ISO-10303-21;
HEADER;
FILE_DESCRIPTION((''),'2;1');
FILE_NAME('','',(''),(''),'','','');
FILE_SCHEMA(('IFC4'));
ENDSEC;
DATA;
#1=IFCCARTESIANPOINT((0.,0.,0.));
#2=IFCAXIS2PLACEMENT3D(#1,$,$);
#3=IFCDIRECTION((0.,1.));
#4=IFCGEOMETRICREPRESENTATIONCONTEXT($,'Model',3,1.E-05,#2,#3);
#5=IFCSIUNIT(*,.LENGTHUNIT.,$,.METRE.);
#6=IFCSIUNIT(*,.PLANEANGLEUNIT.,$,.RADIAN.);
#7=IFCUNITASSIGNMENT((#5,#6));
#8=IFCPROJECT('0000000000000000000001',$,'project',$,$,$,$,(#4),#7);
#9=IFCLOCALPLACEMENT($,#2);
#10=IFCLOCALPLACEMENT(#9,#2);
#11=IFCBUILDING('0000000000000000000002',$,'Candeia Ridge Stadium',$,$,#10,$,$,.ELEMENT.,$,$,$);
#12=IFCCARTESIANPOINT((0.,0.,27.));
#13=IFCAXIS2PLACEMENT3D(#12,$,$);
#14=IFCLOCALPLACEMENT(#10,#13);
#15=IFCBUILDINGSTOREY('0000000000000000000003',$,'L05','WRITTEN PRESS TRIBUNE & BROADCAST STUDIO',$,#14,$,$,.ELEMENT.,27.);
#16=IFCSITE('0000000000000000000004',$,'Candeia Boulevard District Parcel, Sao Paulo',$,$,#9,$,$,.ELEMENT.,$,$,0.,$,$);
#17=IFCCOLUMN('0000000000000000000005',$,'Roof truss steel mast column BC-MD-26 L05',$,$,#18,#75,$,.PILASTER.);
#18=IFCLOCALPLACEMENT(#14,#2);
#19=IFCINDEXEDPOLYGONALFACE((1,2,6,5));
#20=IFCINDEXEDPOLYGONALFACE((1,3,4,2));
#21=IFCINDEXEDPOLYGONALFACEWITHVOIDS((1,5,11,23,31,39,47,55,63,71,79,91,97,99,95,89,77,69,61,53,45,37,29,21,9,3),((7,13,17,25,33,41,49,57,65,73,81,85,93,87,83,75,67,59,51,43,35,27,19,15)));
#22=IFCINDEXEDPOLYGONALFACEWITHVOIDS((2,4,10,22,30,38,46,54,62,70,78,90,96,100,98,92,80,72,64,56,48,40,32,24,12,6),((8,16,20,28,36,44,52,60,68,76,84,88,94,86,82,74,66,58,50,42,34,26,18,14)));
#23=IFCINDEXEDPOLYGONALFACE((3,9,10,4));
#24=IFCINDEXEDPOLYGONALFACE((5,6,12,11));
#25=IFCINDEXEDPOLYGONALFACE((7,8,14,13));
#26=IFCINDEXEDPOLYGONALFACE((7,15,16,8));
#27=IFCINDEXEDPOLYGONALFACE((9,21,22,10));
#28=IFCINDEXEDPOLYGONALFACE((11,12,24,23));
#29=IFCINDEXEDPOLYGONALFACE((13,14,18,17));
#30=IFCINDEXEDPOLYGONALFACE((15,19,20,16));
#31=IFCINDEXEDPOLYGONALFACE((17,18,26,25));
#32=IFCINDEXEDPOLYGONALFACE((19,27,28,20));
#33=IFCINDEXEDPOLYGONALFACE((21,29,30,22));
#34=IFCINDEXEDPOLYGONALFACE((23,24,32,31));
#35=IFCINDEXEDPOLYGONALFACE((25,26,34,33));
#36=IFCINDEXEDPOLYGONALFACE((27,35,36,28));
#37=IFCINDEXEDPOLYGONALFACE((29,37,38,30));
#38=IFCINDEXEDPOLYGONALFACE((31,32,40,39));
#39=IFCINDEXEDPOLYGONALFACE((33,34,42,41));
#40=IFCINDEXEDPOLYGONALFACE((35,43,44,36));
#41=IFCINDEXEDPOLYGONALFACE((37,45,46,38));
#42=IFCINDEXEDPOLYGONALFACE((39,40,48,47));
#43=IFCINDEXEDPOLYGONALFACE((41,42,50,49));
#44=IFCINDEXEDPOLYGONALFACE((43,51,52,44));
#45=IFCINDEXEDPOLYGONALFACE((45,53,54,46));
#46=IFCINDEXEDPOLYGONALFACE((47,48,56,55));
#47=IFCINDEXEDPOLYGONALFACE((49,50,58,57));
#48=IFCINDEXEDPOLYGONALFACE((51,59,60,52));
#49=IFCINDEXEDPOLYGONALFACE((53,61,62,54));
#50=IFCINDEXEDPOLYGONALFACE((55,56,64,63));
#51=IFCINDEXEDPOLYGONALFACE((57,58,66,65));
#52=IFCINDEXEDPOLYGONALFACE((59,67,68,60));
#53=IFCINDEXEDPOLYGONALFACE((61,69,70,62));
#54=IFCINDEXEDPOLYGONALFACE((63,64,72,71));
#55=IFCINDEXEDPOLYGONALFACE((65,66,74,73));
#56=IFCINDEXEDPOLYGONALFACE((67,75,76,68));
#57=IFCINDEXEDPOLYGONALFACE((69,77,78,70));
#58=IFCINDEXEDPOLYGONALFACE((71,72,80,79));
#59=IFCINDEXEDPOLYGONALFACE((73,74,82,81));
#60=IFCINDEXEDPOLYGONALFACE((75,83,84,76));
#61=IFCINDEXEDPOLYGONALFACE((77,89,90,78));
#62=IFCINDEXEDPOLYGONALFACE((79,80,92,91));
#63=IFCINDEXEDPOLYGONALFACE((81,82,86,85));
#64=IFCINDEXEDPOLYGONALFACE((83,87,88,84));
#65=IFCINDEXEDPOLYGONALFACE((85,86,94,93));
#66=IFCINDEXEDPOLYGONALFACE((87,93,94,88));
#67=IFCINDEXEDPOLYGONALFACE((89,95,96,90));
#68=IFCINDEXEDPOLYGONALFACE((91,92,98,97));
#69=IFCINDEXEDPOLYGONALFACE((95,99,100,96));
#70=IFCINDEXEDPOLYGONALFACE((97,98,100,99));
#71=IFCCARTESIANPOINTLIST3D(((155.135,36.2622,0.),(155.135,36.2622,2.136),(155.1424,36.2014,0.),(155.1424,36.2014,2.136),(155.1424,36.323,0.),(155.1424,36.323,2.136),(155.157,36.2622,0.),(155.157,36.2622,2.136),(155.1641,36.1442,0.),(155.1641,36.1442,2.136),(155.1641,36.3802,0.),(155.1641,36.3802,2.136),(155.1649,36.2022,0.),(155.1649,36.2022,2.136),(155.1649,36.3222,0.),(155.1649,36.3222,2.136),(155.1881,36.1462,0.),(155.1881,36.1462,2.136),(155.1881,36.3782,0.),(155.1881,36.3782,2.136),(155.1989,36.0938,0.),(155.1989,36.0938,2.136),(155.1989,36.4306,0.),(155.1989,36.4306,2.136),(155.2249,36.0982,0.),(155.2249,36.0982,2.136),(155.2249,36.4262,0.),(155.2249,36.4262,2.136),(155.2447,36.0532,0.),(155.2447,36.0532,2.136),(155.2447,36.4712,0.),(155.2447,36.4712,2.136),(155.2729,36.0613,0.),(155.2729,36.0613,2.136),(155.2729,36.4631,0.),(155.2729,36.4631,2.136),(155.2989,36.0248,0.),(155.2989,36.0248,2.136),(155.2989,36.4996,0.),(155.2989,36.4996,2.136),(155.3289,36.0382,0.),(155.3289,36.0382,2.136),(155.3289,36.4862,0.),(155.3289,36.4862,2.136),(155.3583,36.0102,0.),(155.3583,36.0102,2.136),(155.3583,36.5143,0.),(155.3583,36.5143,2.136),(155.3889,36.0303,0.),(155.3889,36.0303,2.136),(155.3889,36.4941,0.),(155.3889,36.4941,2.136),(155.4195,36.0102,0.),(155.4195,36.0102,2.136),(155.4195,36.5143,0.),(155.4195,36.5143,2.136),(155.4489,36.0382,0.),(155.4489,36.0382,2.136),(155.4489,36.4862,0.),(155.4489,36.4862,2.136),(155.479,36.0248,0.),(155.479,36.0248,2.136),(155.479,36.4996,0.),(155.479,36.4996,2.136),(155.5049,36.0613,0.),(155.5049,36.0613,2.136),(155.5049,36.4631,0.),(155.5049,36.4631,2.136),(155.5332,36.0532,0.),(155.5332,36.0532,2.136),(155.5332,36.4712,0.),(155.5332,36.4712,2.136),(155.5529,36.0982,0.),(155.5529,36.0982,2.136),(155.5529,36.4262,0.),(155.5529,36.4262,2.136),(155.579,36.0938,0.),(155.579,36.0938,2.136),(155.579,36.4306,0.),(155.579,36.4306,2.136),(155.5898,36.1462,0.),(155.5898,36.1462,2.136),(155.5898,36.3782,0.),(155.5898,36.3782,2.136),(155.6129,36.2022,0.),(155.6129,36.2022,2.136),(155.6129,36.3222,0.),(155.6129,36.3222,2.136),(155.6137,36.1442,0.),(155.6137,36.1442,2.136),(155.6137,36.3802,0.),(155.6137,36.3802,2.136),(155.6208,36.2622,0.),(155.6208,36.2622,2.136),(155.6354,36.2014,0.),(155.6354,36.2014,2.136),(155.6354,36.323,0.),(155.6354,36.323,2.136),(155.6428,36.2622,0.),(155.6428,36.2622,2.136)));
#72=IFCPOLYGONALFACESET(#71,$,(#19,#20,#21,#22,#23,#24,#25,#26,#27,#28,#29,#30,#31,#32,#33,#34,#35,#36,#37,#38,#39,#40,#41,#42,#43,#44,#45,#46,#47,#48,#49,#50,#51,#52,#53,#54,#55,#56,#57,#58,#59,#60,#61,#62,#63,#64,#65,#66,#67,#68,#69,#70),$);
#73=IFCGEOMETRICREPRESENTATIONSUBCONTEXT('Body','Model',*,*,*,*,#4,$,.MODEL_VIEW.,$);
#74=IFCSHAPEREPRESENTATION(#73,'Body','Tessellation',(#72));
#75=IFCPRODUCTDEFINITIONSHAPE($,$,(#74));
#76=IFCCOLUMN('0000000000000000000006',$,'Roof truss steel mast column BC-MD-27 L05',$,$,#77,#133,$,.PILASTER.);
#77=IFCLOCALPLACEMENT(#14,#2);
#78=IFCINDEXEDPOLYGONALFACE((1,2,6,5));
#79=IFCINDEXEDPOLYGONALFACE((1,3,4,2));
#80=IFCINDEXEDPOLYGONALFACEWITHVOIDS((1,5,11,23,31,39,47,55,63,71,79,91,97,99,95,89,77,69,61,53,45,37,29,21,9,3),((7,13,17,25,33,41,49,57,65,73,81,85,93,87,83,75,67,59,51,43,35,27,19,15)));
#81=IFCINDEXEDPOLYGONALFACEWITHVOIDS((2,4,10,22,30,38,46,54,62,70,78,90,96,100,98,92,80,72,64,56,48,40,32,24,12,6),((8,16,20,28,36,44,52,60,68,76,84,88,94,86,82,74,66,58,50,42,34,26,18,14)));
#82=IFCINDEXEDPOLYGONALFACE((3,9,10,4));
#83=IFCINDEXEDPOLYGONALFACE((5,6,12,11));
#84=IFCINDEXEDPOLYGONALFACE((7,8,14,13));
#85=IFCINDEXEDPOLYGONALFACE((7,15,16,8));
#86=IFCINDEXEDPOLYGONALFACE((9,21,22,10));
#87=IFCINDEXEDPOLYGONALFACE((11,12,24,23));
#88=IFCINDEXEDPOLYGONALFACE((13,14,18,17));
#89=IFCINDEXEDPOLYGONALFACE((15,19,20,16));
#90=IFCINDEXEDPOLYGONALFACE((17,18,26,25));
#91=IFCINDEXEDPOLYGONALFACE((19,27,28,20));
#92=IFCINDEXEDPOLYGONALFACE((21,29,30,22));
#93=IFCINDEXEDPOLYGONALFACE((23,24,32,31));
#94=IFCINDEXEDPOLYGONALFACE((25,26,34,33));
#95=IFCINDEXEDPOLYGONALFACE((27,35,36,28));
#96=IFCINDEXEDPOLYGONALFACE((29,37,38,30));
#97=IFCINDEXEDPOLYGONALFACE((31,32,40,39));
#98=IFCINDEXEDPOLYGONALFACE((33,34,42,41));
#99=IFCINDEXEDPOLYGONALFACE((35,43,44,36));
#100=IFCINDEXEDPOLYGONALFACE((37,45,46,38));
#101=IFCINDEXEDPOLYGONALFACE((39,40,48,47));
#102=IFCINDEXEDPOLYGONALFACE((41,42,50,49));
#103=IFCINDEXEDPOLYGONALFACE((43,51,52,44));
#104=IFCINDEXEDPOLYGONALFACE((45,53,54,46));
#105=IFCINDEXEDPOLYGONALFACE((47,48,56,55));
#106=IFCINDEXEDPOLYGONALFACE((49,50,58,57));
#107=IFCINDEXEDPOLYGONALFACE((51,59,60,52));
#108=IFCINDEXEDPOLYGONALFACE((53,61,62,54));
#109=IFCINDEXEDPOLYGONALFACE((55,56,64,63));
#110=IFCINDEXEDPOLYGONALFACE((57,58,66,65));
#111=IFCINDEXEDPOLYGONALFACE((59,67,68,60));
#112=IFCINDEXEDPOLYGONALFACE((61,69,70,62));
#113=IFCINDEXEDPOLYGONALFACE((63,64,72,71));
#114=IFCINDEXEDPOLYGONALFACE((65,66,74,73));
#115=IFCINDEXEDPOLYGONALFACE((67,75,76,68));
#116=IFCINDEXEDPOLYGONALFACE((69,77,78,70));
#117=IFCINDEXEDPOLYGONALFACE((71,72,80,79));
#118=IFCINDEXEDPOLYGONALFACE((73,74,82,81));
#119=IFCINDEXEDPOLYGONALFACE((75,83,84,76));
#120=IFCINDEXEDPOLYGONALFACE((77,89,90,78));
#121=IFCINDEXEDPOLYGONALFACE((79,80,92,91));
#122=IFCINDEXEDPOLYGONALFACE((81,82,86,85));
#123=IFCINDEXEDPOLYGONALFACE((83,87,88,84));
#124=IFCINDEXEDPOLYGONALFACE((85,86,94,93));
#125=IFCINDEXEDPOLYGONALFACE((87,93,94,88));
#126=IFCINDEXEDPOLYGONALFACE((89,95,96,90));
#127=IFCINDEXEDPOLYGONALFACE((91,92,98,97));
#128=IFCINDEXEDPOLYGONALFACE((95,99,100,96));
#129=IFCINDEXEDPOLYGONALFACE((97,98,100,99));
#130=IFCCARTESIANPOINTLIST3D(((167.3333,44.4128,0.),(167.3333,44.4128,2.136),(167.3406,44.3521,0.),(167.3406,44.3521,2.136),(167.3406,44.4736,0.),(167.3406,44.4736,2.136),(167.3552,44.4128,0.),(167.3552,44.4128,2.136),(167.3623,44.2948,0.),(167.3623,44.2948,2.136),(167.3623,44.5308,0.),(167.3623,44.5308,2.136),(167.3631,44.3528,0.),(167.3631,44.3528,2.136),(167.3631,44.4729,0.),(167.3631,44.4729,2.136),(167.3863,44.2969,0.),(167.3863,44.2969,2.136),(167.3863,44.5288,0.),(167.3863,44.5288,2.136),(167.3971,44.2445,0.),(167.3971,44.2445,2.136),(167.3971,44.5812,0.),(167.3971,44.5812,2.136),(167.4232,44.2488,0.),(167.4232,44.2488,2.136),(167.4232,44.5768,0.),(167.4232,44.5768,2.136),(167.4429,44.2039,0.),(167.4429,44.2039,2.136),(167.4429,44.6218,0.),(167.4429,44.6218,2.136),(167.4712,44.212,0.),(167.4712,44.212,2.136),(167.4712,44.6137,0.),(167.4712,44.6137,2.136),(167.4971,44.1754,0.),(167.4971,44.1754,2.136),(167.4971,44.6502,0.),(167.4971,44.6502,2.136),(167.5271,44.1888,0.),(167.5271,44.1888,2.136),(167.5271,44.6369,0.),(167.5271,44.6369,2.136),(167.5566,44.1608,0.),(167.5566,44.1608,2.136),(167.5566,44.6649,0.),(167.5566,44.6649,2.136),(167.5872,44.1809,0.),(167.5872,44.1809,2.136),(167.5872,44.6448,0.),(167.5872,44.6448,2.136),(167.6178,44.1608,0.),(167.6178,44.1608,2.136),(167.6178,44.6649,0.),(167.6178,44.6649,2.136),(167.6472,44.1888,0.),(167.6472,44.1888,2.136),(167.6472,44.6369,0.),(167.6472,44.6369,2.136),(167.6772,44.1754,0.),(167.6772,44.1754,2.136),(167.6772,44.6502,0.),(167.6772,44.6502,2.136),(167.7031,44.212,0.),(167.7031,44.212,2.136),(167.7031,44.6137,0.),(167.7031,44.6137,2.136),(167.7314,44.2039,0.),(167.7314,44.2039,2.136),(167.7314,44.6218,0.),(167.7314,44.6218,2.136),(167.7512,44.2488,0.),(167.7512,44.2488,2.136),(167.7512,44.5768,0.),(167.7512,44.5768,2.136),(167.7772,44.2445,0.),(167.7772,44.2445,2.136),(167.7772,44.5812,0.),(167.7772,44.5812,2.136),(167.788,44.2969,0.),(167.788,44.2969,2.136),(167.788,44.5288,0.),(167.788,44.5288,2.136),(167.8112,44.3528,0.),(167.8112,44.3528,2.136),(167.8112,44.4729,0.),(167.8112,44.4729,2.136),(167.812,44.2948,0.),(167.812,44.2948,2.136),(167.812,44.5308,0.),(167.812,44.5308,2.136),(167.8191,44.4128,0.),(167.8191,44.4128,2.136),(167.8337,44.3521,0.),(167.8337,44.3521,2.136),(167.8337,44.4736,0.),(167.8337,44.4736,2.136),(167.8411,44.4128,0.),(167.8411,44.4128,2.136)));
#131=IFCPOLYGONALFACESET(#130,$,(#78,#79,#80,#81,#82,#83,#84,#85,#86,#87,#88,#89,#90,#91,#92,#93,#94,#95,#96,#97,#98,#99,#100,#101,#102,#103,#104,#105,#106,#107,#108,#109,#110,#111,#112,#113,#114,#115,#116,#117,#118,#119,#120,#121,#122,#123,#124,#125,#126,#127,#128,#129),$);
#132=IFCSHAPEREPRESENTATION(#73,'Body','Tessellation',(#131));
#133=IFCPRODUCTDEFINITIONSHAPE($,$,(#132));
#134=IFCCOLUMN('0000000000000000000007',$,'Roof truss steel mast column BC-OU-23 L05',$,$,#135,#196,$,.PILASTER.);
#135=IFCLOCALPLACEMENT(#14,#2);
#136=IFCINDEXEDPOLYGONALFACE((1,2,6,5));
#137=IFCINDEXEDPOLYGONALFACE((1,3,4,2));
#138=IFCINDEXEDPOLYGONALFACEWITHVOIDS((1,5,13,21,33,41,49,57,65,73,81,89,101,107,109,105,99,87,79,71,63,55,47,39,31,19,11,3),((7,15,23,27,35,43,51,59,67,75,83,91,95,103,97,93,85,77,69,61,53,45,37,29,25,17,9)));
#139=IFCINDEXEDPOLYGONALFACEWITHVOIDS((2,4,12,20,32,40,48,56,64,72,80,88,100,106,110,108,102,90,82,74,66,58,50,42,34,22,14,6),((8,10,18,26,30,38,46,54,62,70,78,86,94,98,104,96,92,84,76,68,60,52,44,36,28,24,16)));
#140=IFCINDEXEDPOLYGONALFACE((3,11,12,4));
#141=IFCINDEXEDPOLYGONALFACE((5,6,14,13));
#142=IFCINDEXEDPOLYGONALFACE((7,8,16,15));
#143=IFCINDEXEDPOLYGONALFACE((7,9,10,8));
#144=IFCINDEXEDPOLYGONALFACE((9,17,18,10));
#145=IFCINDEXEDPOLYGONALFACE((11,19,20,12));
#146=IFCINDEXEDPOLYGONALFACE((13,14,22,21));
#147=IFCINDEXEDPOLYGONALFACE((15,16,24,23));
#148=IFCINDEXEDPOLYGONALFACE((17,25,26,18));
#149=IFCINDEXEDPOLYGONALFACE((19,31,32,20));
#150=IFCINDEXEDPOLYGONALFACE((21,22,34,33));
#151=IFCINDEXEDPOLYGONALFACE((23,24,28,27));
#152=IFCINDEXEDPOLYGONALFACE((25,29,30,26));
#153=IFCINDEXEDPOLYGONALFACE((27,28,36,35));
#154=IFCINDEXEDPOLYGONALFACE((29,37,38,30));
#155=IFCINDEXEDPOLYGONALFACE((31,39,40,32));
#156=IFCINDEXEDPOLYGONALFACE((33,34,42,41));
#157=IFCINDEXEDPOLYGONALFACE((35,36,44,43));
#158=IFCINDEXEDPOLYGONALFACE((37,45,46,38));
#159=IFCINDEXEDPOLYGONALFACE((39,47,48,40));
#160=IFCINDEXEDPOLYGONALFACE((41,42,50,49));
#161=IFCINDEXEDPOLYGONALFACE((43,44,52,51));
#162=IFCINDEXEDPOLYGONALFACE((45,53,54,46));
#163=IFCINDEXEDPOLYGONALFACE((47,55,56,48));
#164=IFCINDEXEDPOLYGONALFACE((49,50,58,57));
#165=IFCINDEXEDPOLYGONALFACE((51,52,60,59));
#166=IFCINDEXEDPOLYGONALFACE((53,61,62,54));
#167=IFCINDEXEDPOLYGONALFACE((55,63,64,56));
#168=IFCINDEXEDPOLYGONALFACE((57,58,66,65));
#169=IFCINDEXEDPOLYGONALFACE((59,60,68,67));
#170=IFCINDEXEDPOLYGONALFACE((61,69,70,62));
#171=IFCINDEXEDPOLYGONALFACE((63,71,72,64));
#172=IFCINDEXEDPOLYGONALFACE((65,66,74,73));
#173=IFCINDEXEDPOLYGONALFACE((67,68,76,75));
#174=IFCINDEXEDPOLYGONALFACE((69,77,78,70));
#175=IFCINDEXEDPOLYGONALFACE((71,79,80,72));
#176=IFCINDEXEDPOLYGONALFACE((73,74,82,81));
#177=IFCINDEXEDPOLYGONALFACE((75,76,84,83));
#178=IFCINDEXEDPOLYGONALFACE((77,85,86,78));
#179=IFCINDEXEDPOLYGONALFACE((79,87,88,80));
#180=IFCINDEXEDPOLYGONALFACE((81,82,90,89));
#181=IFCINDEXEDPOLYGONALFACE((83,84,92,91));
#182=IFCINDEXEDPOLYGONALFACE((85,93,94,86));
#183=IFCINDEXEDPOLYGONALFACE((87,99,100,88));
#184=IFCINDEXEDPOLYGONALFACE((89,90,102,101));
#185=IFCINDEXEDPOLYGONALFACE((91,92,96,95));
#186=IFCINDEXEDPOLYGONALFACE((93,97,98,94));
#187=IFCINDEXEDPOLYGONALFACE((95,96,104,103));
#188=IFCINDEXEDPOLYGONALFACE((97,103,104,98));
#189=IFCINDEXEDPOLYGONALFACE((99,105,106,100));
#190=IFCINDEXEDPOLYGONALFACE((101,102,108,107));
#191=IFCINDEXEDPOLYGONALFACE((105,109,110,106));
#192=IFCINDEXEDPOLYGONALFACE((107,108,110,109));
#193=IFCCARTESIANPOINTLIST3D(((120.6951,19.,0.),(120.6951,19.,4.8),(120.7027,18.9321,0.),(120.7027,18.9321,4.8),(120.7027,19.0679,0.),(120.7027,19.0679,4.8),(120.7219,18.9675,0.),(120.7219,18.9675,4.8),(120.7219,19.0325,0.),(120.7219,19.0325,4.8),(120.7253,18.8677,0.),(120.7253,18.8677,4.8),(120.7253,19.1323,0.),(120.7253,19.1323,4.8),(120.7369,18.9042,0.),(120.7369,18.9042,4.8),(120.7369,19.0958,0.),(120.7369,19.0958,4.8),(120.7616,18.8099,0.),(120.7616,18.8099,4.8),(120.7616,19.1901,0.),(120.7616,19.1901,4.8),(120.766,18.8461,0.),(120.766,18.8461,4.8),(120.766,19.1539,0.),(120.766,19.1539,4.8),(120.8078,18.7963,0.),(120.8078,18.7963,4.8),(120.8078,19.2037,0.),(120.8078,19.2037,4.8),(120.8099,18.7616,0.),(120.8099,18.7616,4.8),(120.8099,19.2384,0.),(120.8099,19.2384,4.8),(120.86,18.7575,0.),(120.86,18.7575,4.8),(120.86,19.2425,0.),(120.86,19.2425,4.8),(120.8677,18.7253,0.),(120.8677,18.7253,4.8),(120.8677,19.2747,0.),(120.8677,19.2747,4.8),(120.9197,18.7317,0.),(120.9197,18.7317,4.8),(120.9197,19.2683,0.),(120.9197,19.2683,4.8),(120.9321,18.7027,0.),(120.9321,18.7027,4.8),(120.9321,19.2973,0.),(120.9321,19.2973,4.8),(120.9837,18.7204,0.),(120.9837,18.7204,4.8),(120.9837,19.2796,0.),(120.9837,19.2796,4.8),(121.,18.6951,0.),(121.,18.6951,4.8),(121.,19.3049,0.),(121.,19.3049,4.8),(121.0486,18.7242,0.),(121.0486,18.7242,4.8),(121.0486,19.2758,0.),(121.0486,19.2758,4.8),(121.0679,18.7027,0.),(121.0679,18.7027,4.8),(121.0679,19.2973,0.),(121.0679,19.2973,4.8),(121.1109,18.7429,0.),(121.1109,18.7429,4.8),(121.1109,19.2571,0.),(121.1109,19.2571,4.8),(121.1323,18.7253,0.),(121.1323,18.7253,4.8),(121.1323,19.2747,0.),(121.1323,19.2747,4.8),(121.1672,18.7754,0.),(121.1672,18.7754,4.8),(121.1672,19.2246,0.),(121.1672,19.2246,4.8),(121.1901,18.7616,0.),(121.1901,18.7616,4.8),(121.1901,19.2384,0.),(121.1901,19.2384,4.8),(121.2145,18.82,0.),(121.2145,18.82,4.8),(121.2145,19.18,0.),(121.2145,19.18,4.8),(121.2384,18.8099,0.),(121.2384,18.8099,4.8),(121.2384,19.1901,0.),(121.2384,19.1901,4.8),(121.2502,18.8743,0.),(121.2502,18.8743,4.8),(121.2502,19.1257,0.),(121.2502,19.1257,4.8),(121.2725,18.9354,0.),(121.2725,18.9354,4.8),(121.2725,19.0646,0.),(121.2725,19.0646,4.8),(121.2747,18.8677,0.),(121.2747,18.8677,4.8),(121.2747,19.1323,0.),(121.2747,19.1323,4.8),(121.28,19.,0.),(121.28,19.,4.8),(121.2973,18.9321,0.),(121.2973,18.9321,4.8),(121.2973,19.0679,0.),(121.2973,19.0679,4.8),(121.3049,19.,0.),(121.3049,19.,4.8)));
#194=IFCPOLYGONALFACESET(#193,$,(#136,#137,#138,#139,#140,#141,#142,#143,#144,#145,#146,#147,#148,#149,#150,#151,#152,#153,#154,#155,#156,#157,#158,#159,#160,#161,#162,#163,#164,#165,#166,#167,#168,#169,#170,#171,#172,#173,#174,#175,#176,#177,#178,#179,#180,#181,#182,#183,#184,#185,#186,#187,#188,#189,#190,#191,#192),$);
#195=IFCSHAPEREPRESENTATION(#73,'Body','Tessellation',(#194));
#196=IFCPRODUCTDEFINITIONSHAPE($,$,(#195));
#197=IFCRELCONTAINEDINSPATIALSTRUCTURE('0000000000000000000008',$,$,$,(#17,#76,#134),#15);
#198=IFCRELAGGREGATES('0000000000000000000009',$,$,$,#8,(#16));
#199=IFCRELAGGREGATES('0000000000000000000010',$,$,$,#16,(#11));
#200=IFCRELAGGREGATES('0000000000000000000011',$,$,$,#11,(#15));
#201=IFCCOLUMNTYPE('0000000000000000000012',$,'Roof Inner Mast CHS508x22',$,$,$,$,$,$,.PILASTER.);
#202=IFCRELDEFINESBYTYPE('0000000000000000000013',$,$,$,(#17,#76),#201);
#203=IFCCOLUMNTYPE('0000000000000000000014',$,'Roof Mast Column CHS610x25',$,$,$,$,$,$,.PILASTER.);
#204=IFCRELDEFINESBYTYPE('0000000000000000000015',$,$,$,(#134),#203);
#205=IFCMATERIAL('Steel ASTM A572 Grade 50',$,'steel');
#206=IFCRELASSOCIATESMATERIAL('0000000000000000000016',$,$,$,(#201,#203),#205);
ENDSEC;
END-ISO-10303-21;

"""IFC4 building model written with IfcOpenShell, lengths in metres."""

from ifc_helpers import new_model, si_unit, direction, frame, origin, origin_2d, place, context, subcontext, project, spatial, hollow_circle, extrude, material, material_profile, profile_set, type_object, element, save


model = new_model("IFC4")

# Units and contexts
model_context = context("Model", 3, precision=1e-05, world=origin(), true_north=direction((0.0, 1.0)))
body_context = subcontext(model_context, "Body", "Model", "MODEL_VIEW")
ifc_project = project(units=[si_unit("LENGTHUNIT", "METRE"), si_unit("PLANEANGLEUNIT", "RADIAN")], contexts=[model_context])

# Site, building, storey
site_placement = place(None, origin())
site = spatial("IfcSite", under=ifc_project, at=site_placement, Name="Candeia Boulevard District Parcel, Sao Paulo", CompositionType="ELEMENT", RefElevation=0.0)
building_placement = place(site_placement, origin())
building = spatial("IfcBuilding", under=site, at=building_placement, Name="Candeia Ridge Stadium", CompositionType="ELEMENT")
storey_placement = place(building_placement, frame((0.0, 0.0, 27.0)))
storey = spatial("IfcBuildingStorey", under=building, at=storey_placement, Name="L05", Description="WRITTEN PRESS TRIBUNE & BROADCAST STUDIO", CompositionType="ELEMENT", Elevation=27.0)

# Columns
ifc_material_1 = material(Name="Steel ASTM A572 Grade 50", Category="steel")
ifc_material_profile_1 = material_profile(ifc_material_1, hollow_circle(Radius=0.2539, WallThickness=0.022, at=origin_2d()), Name="CHS508x22", Category="steel")
ifc_profile_set_1 = profile_set([ifc_material_profile_1], Name="Steel ASTM A572 Grade 50")
column_type_1 = type_object("IfcColumnType", Name="Roof Inner Mast CHS508x22", PredefinedType="PILASTER", material=ifc_profile_set_1)
for number, where, z_axis, x_axis, name in (
    (1, (155.3889, 36.2622, 0.0), (0.0, 0.0, 1.0), (1.0, 0.0, 0.0), "Roof truss steel mast column BC-MD-26 L05"),
    (2, (167.5872, 44.4128, 0.0), (0.0, 0.0, 1.0), (1.0, 0.0, 0.0), "Roof truss steel mast column BC-MD-27 L05"),
):
    element("IfcColumn", number, at=place(storey_placement, frame(where, z_axis=z_axis, x_axis=x_axis)), inside=storey, type_object=column_type_1, Name=name, PredefinedType="PILASTER", context=body_context, shape_type="SweptSolid", body=[
        extrude(hollow_circle(Radius=0.2539, WallThickness=0.022, at=origin_2d()), origin(), (0.0, 0.0, 1.0), 2.136),
    ])
ifc_material_profile_2 = material_profile(ifc_material_1, hollow_circle(Radius=0.3049, WallThickness=0.0249, at=origin_2d()), Name="CHS610x25", Category="steel")
ifc_profile_set_2 = profile_set([ifc_material_profile_2], Name="Steel ASTM A572 Grade 50")
column_type_2 = type_object("IfcColumnType", Name="Roof Mast Column CHS610x25", PredefinedType="PILASTER", material=ifc_profile_set_2)
for number, where, z_axis, x_axis, name in (
    (3, (121.0, 19.0, 0.0), (0.0, 0.0, 1.0), (1.0, 0.0, 0.0), "Roof truss steel mast column BC-OU-23 L05"),
):
    element("IfcColumn", number, at=place(storey_placement, frame(where, z_axis=z_axis, x_axis=x_axis)), inside=storey, type_object=column_type_2, Name=name, PredefinedType="PILASTER", context=body_context, shape_type="SweptSolid", body=[
        extrude(hollow_circle(Radius=0.3049, WallThickness=0.0249, at=origin_2d()), origin(), (0.0, 0.0, 1.0), 4.8),
    ])

save(model, "model.ifc")
